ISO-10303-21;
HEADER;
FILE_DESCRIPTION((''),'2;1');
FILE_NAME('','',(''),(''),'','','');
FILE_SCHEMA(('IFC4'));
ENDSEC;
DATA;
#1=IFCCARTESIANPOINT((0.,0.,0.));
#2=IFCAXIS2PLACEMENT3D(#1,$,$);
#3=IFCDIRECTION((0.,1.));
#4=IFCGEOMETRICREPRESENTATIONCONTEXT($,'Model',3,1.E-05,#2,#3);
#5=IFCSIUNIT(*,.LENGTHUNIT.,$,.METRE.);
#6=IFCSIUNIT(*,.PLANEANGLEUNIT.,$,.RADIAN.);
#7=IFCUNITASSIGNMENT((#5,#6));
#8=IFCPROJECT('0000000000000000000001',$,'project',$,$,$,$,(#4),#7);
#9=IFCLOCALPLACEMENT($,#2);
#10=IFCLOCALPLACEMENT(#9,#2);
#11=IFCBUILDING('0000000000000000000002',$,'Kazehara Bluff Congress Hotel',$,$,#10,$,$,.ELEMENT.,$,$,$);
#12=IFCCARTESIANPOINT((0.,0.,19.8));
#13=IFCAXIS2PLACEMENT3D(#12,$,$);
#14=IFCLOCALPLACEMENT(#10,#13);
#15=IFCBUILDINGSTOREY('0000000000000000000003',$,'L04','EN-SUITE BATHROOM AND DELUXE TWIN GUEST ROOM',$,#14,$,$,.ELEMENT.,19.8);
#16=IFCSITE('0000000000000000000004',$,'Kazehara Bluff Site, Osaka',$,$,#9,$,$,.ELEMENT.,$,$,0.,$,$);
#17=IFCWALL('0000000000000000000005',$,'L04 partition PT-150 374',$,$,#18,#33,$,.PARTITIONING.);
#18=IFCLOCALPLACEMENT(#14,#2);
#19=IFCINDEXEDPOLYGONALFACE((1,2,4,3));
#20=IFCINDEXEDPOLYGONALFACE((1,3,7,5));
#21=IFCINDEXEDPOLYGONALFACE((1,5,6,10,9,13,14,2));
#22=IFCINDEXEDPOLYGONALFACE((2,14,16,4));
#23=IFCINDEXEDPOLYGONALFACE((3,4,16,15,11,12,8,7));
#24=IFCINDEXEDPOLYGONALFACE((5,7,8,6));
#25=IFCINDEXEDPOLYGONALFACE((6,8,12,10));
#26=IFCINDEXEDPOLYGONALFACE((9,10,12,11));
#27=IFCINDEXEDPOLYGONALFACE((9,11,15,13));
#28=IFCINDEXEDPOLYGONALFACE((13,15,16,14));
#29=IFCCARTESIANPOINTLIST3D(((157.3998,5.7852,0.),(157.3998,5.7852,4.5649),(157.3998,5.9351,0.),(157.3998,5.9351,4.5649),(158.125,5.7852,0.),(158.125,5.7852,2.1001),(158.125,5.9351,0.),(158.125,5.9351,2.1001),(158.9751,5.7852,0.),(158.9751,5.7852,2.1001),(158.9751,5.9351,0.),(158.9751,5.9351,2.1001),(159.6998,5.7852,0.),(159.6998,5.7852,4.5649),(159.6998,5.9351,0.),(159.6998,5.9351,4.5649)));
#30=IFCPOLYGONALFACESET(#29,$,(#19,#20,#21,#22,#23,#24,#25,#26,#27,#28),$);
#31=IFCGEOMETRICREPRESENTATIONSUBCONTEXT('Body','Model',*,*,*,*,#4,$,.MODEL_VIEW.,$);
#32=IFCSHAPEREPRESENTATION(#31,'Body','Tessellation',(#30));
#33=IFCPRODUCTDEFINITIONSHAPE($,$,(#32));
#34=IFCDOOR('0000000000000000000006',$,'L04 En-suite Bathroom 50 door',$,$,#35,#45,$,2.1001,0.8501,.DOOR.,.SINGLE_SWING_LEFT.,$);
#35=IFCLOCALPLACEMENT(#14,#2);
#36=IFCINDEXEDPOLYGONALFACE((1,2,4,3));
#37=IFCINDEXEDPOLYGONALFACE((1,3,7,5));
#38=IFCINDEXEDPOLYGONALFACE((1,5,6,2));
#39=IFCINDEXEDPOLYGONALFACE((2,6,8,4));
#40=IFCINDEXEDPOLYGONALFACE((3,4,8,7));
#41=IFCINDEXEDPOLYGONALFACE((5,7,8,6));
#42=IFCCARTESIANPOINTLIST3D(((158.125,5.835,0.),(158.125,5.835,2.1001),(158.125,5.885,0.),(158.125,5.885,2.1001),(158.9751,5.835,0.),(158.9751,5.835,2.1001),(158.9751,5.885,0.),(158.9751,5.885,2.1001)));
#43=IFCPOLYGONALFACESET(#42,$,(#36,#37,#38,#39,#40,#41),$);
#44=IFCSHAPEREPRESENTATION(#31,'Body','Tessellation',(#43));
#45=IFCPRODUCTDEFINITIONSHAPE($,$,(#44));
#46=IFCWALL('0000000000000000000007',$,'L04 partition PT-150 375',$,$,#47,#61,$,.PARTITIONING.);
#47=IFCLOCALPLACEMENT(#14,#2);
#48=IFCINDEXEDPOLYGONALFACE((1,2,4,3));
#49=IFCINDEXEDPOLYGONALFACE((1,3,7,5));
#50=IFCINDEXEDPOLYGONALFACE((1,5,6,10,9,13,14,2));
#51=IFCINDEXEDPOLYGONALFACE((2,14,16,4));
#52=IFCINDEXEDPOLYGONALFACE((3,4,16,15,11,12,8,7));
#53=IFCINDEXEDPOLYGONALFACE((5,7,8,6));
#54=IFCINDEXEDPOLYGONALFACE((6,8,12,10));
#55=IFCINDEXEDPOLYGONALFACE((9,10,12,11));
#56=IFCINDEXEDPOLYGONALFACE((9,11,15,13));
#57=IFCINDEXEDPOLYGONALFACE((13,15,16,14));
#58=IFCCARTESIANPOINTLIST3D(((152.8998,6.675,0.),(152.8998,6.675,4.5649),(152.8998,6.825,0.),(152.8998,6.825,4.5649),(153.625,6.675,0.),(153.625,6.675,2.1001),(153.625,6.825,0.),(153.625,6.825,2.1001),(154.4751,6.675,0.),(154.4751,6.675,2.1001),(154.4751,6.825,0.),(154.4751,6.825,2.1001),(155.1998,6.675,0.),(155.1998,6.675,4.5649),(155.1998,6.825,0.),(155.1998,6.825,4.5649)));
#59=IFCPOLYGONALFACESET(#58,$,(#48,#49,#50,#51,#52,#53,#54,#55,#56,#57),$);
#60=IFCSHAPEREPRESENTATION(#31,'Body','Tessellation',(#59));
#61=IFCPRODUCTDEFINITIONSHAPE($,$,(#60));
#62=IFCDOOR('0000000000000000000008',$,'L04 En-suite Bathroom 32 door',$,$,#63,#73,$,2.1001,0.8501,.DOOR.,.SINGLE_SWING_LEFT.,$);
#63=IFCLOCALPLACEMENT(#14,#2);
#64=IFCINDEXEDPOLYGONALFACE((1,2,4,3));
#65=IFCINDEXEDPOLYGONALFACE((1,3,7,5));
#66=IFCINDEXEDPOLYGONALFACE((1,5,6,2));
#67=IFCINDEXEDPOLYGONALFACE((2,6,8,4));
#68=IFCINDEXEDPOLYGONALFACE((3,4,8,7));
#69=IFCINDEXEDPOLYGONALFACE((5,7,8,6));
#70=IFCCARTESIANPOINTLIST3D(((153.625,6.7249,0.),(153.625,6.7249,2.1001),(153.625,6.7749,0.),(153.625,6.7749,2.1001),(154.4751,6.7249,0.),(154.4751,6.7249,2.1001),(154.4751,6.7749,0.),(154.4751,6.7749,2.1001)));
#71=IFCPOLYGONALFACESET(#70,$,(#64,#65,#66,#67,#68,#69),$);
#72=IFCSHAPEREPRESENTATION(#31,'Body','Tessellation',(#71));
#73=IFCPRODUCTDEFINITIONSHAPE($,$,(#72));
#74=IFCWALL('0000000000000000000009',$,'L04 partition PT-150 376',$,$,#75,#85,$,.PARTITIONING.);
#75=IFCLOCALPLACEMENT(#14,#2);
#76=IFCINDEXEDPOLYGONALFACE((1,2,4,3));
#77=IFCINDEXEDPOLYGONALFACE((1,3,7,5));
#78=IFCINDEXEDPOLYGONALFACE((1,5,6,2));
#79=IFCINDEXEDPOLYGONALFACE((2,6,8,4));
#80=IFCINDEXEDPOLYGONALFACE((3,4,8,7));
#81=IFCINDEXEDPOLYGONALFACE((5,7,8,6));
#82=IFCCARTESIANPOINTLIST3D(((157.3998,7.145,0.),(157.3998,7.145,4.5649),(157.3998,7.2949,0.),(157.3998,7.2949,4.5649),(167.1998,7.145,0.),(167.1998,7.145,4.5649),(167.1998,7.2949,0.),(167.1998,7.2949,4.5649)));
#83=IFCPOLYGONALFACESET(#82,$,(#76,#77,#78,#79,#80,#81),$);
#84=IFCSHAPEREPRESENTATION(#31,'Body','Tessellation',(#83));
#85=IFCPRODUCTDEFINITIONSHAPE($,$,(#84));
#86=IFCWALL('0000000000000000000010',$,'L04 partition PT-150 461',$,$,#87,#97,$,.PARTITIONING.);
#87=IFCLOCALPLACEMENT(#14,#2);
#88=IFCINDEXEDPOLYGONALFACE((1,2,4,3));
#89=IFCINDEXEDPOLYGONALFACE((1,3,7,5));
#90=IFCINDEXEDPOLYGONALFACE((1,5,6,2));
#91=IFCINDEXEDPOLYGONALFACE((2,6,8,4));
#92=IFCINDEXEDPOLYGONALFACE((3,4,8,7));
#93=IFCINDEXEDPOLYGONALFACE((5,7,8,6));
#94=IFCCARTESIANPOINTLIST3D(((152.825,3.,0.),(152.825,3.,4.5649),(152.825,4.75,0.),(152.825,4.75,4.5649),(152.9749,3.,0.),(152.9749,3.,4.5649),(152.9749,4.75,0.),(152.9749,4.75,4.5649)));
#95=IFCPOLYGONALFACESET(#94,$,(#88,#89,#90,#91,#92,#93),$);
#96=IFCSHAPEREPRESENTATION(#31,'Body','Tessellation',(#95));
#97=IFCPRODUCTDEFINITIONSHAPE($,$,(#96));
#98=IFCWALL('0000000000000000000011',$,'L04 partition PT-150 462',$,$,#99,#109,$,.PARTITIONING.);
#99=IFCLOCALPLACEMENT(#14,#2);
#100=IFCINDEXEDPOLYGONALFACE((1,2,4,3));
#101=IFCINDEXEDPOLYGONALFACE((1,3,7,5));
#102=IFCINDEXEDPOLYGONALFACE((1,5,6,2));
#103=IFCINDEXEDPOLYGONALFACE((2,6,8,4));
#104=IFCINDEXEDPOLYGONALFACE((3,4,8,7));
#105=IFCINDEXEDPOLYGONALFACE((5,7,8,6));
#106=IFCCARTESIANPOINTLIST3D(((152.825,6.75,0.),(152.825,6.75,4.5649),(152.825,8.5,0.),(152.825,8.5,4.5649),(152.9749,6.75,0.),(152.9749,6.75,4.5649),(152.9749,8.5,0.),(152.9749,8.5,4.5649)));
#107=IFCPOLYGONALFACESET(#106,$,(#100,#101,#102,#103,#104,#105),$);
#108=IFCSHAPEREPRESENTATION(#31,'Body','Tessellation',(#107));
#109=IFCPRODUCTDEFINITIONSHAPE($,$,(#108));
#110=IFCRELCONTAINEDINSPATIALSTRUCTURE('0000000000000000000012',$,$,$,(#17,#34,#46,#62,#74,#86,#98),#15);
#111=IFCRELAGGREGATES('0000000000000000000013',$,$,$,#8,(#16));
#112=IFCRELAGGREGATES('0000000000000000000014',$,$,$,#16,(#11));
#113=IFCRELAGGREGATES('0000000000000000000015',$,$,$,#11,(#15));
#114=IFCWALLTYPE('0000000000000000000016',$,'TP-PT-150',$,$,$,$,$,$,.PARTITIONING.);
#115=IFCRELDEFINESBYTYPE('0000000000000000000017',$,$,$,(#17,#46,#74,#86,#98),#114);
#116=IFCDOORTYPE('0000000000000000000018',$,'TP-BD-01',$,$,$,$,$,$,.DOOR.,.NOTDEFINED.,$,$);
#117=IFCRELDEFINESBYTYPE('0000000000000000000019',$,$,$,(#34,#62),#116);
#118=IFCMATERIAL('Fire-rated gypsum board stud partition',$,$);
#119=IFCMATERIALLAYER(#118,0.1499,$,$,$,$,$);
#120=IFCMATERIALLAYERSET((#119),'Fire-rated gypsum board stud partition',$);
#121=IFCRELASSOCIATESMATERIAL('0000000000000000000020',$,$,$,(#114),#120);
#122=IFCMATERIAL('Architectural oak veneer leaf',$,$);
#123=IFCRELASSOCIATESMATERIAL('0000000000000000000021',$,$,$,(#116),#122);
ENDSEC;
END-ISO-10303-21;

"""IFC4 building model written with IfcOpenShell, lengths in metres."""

from ifc_helpers import new_model, si_unit, direction, frame, frame_2d, origin, place, context, subcontext, project, spatial, rectangle, extrude, material, layer, layer_set, type_object, element, fill, save


model = new_model("IFC4")

# Units and contexts
model_context = context("Model", 3, precision=1e-05, world=origin(), true_north=direction((0.0, 1.0)))
body_context = subcontext(model_context, "Body", "Model", "MODEL_VIEW")
ifc_project = project(units=[si_unit("LENGTHUNIT", "METRE"), si_unit("PLANEANGLEUNIT", "RADIAN")], contexts=[model_context])

# Site, building, storey
site_placement = place(None, origin())
site = spatial("IfcSite", under=ifc_project, at=site_placement, Name="Kazehara Bluff Site, Osaka", CompositionType="ELEMENT", RefElevation=0.0)
building_placement = place(site_placement, origin())
building = spatial("IfcBuilding", under=site, at=building_placement, Name="Kazehara Bluff Congress Hotel", CompositionType="ELEMENT")
storey_placement = place(building_placement, frame((0.0, 0.0, 19.8)))
storey = spatial("IfcBuildingStorey", under=building, at=storey_placement, Name="L04", Description="EN-SUITE BATHROOM AND DELUXE TWIN GUEST ROOM", CompositionType="ELEMENT", Elevation=19.8)

# Shared definitions
ifc_material_1 = material(Name="Fire-rated gypsum board stud partition")
ifc_layer = layer(ifc_material_1, 0.1499)
ifc_layer_set = layer_set([ifc_layer], Name="Fire-rated gypsum board stud partition")
wall_type = type_object("IfcWallType", Name="TP-PT-150", PredefinedType="PARTITIONING", material=ifc_layer_set)
ifc_material_2 = material(Name="Architectural oak veneer leaf")
door_type = type_object("IfcDoorType", Name="TP-BD-01", OperationType="NOTDEFINED", PredefinedType="DOOR", material=ifc_material_2)

# Walls, openings, doors
wall_1_placement = place(storey_placement, frame((157.3999, 5.8601, 0.0), z_axis=(0.0, 0.0, 1.0), x_axis=(1.0, 0.0, 0.0)))
wall_1 = element("IfcWall", 1, at=wall_1_placement, inside=storey, type_object=wall_type, Name="L04 partition PT-150 374", PredefinedType="PARTITIONING", context=body_context, shape_type="SweptSolid", body=[
    extrude(rectangle(XDim=2.3, YDim=0.1499, at=frame_2d((1.1499, 0.0))), origin(), (0.0, 0.0, 1.0), 4.5649),
])
opening_1_placement = place(wall_1_placement, frame((0.7251, 0.0, 0.0)))
opening_1 = element("IfcOpeningElement", 2, at=opening_1_placement, cuts=wall_1, PredefinedType="OPENING", context=body_context, shape_type="SweptSolid", body=[
    extrude(rectangle(XDim=0.8501, YDim=2.1001, at=frame_2d((0.425, 1.05))), frame((0.0, 0.085, 0.0), z_axis=(0.0, -1.0, 0.0), x_axis=(1.0, 0.0, 0.0)), (0.0, 0.0, 1.0), 0.1699),
])
door_1_placement = place(opening_1_placement, origin())
door_1 = element("IfcDoor", 3, at=door_1_placement, inside=storey, type_object=door_type, Name="L04 En-suite Bathroom 50 door", OperationType="SINGLE_SWING_LEFT", OverallHeight=2.1001, OverallWidth=0.8501, PredefinedType="DOOR", context=body_context, shape_type="SweptSolid", body=[
    extrude(rectangle(XDim=0.8501, YDim=2.1001, at=frame_2d((0.425, 1.05))), frame((0.0, 0.0249, 0.0), z_axis=(0.0, -1.0, 0.0), x_axis=(1.0, 0.0, 0.0)), (0.0, 0.0, 1.0), 0.05),
])
fill(opening_1, door_1)
wall_2_placement = place(storey_placement, frame((152.8999, 6.75, 0.0), z_axis=(0.0, 0.0, 1.0), x_axis=(1.0, 0.0, 0.0)))
wall_2 = element("IfcWall", 4, at=wall_2_placement, inside=storey, type_object=wall_type, Name="L04 partition PT-150 375", PredefinedType="PARTITIONING", context=body_context, shape_type="SweptSolid", body=[
    extrude(rectangle(XDim=2.3, YDim=0.1499, at=frame_2d((1.1499, 0.0))), origin(), (0.0, 0.0, 1.0), 4.5649),
])
opening_2_placement = place(wall_2_placement, frame((0.7251, 0.0, 0.0)))
opening_2 = element("IfcOpeningElement", 5, at=opening_2_placement, cuts=wall_2, PredefinedType="OPENING", context=body_context, shape_type="SweptSolid", body=[
    extrude(rectangle(XDim=0.8501, YDim=2.1001, at=frame_2d((0.425, 1.05))), frame((0.0, 0.085, 0.0), z_axis=(0.0, -1.0, 0.0), x_axis=(1.0, 0.0, 0.0)), (0.0, 0.0, 1.0), 0.1699),
])
door_2_placement = place(opening_2_placement, origin())
door_2 = element("IfcDoor", 6, at=door_2_placement, inside=storey, type_object=door_type, Name="L04 En-suite Bathroom 32 door", OperationType="SINGLE_SWING_LEFT", OverallHeight=2.1001, OverallWidth=0.8501, PredefinedType="DOOR", context=body_context, shape_type="SweptSolid", body=[
    extrude(rectangle(XDim=0.8501, YDim=2.1001, at=frame_2d((0.425, 1.05))), frame((0.0, 0.0249, 0.0), z_axis=(0.0, -1.0, 0.0), x_axis=(1.0, 0.0, 0.0)), (0.0, 0.0, 1.0), 0.05),
])
fill(opening_2, door_2)

# Walls
wall_3_placement = place(storey_placement, frame((157.3999, 7.22, 0.0), z_axis=(0.0, 0.0, 1.0), x_axis=(1.0, 0.0, 0.0)))
element("IfcWall", 7, at=wall_3_placement, inside=storey, type_object=wall_type, Name="L04 partition PT-150 376", PredefinedType="PARTITIONING", context=body_context, shape_type="SweptSolid", body=[
    extrude(rectangle(XDim=9.8, YDim=0.1499, at=frame_2d((4.8999, 0.0))), origin(), (0.0, 0.0, 1.0), 4.5649),
])
for number, where, z_axis, x_axis, name in (
    (8, (152.8999, 3.0, 0.0), (0.0, 0.0, 1.0), (0.0, 1.0, 0.0), "L04 partition PT-150 461"),
    (9, (152.8999, 6.75, 0.0), (0.0, 0.0, 1.0), (0.0, 1.0, 0.0), "L04 partition PT-150 462"),
):
    element("IfcWall", number, at=place(storey_placement, frame(where, z_axis=z_axis, x_axis=x_axis)), inside=storey, type_object=wall_type, Name=name, PredefinedType="PARTITIONING", context=body_context, shape_type="SweptSolid", body=[
        extrude(rectangle(XDim=1.75, YDim=0.1499, at=frame_2d((0.875, 0.0))), origin(), (0.0, 0.0, 1.0), 4.5649),
    ])

save(model, "model.ifc")
